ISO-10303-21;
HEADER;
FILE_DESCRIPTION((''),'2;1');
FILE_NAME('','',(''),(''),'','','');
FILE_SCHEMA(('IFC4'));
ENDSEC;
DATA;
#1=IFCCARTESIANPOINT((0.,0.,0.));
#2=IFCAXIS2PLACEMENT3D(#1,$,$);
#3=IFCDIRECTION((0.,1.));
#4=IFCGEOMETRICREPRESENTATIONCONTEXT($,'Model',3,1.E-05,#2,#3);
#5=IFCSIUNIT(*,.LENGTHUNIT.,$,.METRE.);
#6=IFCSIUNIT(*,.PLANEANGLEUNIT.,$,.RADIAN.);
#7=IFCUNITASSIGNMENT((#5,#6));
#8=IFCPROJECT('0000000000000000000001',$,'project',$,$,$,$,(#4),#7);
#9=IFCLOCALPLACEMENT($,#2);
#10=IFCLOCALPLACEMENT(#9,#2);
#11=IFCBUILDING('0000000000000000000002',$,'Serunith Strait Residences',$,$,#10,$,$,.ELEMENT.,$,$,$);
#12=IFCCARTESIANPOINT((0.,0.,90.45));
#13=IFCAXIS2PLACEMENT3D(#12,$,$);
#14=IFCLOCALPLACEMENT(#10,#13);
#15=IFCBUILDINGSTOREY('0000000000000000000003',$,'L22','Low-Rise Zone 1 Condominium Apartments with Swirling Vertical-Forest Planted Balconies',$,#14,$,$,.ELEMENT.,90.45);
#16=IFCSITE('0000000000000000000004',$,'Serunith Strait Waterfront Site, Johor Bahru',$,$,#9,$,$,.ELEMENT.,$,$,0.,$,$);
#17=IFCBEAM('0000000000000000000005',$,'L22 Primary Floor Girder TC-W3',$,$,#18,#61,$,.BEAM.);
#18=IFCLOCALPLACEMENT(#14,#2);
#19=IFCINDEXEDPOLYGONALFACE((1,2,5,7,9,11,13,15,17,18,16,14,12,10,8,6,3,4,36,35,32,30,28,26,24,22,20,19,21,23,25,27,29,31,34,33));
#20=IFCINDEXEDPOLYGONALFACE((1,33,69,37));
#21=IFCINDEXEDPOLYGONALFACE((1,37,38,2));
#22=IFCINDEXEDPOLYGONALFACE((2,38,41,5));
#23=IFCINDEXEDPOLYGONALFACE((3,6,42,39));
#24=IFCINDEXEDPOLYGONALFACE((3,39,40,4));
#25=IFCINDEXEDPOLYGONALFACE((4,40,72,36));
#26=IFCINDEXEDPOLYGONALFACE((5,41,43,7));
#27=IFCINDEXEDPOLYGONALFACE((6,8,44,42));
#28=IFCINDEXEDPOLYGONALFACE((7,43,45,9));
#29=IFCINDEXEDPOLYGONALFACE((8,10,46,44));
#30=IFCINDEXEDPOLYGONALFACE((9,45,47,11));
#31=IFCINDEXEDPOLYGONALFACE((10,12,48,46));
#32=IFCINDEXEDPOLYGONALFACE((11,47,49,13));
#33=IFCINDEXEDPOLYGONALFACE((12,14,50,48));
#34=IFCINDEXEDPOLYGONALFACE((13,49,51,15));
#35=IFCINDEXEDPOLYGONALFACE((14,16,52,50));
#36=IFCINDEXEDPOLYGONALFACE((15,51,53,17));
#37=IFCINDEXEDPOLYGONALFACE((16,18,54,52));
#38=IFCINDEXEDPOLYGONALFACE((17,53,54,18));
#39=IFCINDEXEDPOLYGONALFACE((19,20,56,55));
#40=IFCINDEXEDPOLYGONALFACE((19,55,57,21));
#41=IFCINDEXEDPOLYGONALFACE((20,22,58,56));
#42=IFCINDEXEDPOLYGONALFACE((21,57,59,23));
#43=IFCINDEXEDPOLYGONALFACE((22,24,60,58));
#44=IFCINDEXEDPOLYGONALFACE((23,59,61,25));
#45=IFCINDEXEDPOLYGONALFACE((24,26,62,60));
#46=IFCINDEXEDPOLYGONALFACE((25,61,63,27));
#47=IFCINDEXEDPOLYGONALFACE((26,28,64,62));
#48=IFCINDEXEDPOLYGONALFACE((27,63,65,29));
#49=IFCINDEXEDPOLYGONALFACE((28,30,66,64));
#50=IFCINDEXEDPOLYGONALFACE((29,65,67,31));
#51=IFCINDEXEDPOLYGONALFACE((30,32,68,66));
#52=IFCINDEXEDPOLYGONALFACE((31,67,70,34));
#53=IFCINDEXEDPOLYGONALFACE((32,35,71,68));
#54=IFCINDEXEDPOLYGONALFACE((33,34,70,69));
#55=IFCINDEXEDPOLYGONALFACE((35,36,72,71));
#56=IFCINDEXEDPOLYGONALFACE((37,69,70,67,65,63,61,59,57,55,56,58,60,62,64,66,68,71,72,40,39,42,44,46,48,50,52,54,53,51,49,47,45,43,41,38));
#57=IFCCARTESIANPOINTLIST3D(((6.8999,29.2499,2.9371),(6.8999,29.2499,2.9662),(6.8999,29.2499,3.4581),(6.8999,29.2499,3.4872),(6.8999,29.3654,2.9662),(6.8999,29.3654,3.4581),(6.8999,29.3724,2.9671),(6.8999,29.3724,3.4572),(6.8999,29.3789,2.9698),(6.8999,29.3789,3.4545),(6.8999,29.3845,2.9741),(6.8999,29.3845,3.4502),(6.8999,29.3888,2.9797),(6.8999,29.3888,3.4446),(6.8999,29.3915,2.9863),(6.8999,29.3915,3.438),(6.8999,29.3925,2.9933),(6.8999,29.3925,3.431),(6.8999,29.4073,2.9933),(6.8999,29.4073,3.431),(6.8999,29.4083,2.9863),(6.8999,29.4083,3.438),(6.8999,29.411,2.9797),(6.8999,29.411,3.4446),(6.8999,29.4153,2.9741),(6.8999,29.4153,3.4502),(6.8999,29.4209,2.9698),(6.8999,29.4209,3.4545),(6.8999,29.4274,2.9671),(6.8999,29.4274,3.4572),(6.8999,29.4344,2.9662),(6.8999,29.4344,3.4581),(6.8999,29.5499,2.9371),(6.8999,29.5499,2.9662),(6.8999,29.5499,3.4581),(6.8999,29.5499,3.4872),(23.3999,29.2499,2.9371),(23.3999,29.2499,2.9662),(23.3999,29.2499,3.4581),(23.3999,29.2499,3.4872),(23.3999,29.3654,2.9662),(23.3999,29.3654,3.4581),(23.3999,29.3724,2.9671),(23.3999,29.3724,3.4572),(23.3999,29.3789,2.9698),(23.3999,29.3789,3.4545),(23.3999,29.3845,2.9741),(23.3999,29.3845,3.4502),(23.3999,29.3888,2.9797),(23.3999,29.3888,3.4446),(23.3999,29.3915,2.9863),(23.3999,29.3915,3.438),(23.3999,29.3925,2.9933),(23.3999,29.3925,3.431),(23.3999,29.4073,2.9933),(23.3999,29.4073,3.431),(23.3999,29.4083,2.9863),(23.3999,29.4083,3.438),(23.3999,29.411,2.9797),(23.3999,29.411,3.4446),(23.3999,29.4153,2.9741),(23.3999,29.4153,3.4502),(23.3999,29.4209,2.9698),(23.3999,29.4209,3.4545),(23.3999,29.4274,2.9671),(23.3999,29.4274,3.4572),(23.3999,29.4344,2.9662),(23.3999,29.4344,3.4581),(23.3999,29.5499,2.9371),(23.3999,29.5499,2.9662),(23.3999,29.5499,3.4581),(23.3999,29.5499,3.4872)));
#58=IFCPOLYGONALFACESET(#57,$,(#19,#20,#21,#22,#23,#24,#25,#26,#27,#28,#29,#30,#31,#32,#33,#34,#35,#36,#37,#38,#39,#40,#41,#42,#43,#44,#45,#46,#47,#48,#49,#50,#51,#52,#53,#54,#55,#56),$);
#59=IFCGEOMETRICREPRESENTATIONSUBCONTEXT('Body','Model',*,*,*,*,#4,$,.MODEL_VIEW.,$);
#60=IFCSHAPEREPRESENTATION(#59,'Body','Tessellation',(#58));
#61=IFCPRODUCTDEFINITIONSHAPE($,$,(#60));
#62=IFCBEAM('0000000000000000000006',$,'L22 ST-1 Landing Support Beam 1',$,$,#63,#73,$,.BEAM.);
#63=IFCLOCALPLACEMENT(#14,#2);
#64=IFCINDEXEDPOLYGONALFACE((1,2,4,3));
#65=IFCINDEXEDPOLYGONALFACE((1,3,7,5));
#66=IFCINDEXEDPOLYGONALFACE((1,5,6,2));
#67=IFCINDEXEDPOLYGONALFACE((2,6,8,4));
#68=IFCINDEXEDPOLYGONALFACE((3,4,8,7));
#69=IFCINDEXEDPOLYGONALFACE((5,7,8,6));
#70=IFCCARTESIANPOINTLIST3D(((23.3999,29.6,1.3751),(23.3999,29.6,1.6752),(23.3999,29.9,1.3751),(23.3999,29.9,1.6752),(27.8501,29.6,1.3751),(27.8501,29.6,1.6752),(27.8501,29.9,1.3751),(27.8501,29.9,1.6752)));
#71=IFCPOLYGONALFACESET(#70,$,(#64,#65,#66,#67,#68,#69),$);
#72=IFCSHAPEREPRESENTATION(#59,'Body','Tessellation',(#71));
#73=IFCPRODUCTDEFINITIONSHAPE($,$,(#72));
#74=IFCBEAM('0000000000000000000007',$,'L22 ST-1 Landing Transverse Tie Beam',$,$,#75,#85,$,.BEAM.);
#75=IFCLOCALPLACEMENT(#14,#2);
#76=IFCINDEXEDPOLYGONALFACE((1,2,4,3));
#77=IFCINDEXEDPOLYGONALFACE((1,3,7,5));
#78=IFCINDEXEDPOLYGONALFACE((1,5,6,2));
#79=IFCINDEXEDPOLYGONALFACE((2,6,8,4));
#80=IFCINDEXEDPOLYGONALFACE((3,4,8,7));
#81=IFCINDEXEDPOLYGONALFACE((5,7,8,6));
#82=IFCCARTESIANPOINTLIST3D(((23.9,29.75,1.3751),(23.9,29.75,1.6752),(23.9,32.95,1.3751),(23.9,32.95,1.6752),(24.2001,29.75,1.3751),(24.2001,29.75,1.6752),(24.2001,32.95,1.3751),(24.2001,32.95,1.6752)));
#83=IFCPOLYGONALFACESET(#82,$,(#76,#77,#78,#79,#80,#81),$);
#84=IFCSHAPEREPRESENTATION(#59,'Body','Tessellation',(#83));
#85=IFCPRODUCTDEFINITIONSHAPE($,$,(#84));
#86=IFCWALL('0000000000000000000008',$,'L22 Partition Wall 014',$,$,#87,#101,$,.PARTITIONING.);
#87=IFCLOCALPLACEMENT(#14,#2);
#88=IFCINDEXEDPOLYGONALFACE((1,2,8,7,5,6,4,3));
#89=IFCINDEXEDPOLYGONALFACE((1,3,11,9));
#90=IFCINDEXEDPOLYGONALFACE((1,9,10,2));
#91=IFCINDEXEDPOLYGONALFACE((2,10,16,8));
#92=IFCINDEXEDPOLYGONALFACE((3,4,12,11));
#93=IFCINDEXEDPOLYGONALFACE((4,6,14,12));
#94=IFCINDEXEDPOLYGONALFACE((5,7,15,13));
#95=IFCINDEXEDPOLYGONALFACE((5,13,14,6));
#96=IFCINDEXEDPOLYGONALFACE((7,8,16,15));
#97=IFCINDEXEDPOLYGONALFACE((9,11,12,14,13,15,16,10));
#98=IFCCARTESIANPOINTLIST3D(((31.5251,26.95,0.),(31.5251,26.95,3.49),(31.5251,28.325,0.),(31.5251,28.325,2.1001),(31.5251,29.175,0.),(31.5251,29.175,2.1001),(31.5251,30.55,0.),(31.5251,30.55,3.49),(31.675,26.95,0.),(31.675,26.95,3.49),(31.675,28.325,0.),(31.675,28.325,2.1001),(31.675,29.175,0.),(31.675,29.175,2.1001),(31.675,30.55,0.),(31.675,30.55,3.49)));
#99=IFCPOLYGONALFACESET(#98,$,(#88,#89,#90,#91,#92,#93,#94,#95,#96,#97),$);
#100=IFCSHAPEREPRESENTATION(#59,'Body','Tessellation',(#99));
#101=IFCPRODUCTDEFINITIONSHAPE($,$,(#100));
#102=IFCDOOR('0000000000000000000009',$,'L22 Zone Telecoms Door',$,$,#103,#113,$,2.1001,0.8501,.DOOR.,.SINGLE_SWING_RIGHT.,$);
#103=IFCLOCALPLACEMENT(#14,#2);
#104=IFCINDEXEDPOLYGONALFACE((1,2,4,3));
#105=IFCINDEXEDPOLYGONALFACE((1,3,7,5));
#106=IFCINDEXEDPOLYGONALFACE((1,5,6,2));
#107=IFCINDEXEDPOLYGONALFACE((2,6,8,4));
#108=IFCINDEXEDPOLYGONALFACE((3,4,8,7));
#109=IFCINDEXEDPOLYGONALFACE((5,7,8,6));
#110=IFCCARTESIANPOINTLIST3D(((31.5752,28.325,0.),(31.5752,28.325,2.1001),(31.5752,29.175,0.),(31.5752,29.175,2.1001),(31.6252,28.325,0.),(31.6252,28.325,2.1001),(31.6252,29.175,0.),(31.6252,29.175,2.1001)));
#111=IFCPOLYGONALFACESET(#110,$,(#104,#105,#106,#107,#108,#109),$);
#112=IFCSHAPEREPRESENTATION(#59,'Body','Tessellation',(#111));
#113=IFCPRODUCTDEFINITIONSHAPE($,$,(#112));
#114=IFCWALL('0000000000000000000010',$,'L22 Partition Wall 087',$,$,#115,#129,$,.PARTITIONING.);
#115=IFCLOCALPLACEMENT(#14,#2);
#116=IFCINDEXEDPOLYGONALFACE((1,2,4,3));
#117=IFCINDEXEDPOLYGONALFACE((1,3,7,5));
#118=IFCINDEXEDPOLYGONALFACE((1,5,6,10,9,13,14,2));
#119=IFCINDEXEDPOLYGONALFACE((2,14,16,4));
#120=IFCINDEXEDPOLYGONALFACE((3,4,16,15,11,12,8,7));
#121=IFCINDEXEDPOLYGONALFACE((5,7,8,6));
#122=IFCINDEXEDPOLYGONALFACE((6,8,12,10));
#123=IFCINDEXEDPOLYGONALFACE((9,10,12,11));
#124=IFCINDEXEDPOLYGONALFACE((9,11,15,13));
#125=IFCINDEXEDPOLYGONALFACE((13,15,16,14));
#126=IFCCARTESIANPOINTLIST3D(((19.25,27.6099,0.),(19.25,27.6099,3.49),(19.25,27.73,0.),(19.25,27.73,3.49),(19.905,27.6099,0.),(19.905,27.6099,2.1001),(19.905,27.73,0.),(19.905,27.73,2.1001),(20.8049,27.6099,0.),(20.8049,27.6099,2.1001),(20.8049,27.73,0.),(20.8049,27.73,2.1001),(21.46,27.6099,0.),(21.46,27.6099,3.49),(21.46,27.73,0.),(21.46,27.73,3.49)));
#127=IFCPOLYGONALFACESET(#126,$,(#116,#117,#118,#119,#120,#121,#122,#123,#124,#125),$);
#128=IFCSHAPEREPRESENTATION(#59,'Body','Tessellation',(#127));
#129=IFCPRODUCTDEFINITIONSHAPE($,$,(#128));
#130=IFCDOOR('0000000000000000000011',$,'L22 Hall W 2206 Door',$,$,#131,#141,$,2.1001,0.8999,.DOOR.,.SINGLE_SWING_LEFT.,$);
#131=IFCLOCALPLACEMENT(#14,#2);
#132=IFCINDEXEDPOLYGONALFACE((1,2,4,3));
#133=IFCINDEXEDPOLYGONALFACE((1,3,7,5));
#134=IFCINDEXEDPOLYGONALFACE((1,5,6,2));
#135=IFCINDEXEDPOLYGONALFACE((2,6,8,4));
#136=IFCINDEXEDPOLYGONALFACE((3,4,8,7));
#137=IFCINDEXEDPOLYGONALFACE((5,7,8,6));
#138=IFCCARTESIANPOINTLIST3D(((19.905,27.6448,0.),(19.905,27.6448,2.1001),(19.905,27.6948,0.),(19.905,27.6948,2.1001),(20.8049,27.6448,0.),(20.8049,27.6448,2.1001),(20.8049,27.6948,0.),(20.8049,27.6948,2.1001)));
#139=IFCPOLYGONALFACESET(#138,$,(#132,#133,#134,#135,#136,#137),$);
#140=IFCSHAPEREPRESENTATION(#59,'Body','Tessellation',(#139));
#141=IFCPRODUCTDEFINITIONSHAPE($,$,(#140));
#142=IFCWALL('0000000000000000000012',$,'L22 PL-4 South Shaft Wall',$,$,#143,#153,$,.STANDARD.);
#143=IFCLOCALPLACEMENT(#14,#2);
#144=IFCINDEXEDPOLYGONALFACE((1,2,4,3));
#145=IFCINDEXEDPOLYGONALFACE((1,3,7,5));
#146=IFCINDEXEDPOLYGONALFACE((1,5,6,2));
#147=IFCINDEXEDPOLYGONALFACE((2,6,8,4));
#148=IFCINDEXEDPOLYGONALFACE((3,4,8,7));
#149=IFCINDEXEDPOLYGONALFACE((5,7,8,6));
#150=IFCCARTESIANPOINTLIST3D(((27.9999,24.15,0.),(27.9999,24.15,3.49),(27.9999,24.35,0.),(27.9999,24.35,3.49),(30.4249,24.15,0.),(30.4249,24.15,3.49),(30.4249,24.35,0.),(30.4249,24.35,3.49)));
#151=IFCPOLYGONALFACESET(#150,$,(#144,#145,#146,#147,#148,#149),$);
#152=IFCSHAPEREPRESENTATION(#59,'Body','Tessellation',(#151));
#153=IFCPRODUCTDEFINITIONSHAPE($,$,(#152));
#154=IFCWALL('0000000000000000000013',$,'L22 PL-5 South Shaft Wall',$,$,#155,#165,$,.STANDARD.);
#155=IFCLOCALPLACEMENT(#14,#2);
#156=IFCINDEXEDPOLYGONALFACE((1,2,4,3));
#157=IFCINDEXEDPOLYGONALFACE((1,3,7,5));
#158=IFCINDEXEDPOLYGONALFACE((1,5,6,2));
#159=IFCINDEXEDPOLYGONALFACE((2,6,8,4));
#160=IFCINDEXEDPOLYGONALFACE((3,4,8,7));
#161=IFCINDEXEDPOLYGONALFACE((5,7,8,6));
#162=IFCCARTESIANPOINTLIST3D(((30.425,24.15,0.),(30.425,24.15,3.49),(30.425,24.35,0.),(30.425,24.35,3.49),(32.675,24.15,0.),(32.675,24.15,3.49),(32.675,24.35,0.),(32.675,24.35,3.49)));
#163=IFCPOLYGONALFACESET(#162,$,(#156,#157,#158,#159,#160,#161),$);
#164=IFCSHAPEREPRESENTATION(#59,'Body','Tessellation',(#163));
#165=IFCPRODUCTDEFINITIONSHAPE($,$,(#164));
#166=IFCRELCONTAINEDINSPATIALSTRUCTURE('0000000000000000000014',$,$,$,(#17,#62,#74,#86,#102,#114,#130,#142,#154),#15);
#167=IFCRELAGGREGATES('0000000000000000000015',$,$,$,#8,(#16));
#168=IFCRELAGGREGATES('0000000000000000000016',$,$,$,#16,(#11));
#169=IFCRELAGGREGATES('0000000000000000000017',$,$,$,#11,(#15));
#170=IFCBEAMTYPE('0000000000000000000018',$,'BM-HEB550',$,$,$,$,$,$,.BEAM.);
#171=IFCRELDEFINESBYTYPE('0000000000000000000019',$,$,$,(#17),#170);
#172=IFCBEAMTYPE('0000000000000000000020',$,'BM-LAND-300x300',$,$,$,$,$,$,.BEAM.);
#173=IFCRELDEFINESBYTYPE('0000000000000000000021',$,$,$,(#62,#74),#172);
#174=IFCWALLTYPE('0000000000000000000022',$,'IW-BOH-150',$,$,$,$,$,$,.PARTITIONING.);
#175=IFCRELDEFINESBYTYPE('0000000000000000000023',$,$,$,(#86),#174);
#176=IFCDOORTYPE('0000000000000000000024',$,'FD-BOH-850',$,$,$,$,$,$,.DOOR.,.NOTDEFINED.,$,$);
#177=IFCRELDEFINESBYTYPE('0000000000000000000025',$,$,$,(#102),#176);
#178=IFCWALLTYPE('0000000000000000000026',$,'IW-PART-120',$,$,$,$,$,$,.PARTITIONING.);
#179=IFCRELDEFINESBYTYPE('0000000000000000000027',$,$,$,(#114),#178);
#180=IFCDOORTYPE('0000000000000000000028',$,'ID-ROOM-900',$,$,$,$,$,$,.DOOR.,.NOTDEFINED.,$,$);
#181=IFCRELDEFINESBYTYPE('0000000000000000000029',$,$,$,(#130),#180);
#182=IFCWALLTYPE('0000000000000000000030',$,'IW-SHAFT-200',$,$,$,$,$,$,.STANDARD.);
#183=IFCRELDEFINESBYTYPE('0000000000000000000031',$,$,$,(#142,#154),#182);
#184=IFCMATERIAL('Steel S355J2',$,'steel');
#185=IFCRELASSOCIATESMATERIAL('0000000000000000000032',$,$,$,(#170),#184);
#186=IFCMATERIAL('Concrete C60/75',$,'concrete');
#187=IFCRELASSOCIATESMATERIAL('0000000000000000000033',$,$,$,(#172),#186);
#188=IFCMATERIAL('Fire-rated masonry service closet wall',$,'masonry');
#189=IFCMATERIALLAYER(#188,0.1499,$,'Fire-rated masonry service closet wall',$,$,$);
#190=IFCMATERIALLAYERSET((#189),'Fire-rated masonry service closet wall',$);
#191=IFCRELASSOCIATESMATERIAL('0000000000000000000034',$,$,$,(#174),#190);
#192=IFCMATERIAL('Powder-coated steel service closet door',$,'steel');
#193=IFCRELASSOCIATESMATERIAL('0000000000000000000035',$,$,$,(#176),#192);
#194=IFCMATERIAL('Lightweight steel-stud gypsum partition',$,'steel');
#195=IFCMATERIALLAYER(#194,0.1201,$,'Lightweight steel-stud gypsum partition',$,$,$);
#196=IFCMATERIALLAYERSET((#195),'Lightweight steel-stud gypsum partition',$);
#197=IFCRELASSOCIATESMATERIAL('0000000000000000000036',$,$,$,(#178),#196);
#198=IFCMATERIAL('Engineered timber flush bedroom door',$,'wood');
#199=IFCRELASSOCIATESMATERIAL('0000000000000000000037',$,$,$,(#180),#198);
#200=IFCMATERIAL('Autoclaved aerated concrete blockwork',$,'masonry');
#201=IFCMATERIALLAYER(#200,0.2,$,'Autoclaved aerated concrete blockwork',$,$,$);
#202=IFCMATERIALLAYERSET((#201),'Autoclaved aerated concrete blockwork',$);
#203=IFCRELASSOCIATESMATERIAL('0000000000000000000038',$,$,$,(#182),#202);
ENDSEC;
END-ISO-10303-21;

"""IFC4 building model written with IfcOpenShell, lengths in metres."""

from ifc_helpers import new_model, si_unit, direction, frame, frame_2d, origin, origin_2d, place, context, subcontext, project, spatial, rectangle, i_section, extrude, source, transform, mapped, material, layer, layer_set, material_profile, profile_set, type_object, element, fill, save


model = new_model("IFC4")

# Units and contexts
model_context = context("Model", 3, precision=1e-05, world=origin(), true_north=direction((0.0, 1.0)))
body_context = subcontext(model_context, "Body", "Model", "MODEL_VIEW")
ifc_project = project(units=[si_unit("LENGTHUNIT", "METRE"), si_unit("PLANEANGLEUNIT", "RADIAN")], contexts=[model_context])

# Site, building, storey
site_placement = place(None, origin())
site = spatial("IfcSite", under=ifc_project, at=site_placement, Name="Serunith Strait Waterfront Site, Johor Bahru", CompositionType="ELEMENT", RefElevation=0.0)
building_placement = place(site_placement, origin())
building = spatial("IfcBuilding", under=site, at=building_placement, Name="Serunith Strait Residences", CompositionType="ELEMENT")
storey_placement = place(building_placement, frame((0.0, 0.0, 90.45)))
storey = spatial("IfcBuildingStorey", under=building, at=storey_placement, Name="L22", Description="Low-Rise Zone 1 Condominium Apartments with Swirling Vertical-Forest Planted Balconies", CompositionType="ELEMENT", Elevation=90.45)

# Beams
ifc_material_1 = material(Name="Steel S355J2", Category="steel")
ifc_material_profile_1 = material_profile(ifc_material_1, i_section(OverallWidth=0.3, OverallDepth=0.55, WebThickness=0.0149, FlangeThickness=0.0291, FilletRadius=0.0271, at=origin_2d()), Name="HEB 550")
ifc_profile_set_1 = profile_set([ifc_material_profile_1], Name="Steel S355J2")
beam_type_1 = type_object("IfcBeamType", Name="BM-HEB550", PredefinedType="BEAM", material=ifc_profile_set_1)
shared_shape_1 = source(origin(), body_context, "Body", "SweptSolid", [
    extrude(i_section(OverallWidth=0.3, OverallDepth=0.55, WebThickness=0.0149, FlangeThickness=0.0291, FilletRadius=0.0271, at=origin_2d()), origin(), (0.0, 0.0, 1.0), 16.5),
])
beam_1_placement = place(storey_placement, frame((23.3999, 29.3999, 3.2122), z_axis=(-1.0, 0.0, 0.0), x_axis=(0.0, -1.0, 0.0)))
element("IfcBeam", 1, at=beam_1_placement, inside=storey, type_object=beam_type_1, Name="L22 Primary Floor Girder TC-W3", PredefinedType="BEAM", context=body_context, shape_type="MappedRepresentation", body=[
    mapped(shared_shape_1, transform((0.0, 0.0, 0.0), scale=1.0)),
])
ifc_material_2 = material(Name="Concrete C60/75", Category="concrete")
ifc_material_profile_2 = material_profile(ifc_material_2, rectangle(XDim=0.3, YDim=0.3, at=origin_2d()), Name="RC 300x300")
ifc_profile_set_2 = profile_set([ifc_material_profile_2], Name="Concrete C60/75")
beam_type_2 = type_object("IfcBeamType", Name="BM-LAND-300x300", PredefinedType="BEAM", material=ifc_profile_set_2)
shared_shape_2 = source(origin(), body_context, "Body", "SweptSolid", [
    extrude(rectangle(XDim=0.3, YDim=0.3, at=origin_2d()), origin(), (0.0, 0.0, 1.0), 4.4502),
])
beam_2_placement = place(storey_placement, frame((23.3999, 29.75, 1.5251), z_axis=(1.0, 0.0, 0.0), x_axis=(0.0, 1.0, 0.0)))
element("IfcBeam", 2, at=beam_2_placement, inside=storey, type_object=beam_type_2, Name="L22 ST-1 Landing Support Beam 1", PredefinedType="BEAM", context=body_context, shape_type="MappedRepresentation", body=[
    mapped(shared_shape_2, transform((0.0, 0.0, 0.0), scale=1.0)),
])
shared_shape_3 = source(origin(), body_context, "Body", "SweptSolid", [
    extrude(rectangle(XDim=0.3, YDim=0.3, at=origin_2d()), origin(), (0.0, 0.0, 1.0), 3.2),
])
beam_3_placement = place(storey_placement, frame((24.05, 29.75, 1.5251), z_axis=(0.0, 1.0, 0.0), x_axis=(-1.0, 0.0, 0.0)))
element("IfcBeam", 3, at=beam_3_placement, inside=storey, type_object=beam_type_2, Name="L22 ST-1 Landing Transverse Tie Beam", PredefinedType="BEAM", context=body_context, shape_type="MappedRepresentation", body=[
    mapped(shared_shape_3, transform((0.0, 0.0, 0.0), scale=1.0)),
])

# Walls, openings, doors
ifc_material_3 = material(Name="Fire-rated masonry service closet wall", Category="masonry")
ifc_layer_1 = layer(ifc_material_3, 0.1499, Name="Fire-rated masonry service closet wall")
ifc_layer_set_1 = layer_set([ifc_layer_1], Name="Fire-rated masonry service closet wall")
wall_type_1 = type_object("IfcWallType", Name="IW-BOH-150", PredefinedType="PARTITIONING", material=ifc_layer_set_1)
wall_1_placement = place(storey_placement, frame((31.6001, 26.95, 0.0), z_axis=(0.0, 0.0, 1.0), x_axis=(0.0, 1.0, 0.0)))
wall_1 = element("IfcWall", 4, at=wall_1_placement, inside=storey, type_object=wall_type_1, Name="L22 Partition Wall 014", PredefinedType="PARTITIONING", context=body_context, shape_type="SweptSolid", body=[
    extrude(rectangle(XDim=3.6001, YDim=0.1499, at=frame_2d((1.8, 0.0))), origin(), (0.0, 0.0, 1.0), 3.49),
])
opening_1_placement = place(wall_1_placement, frame((1.375, 0.0, 0.0)))
opening_1 = element("IfcOpeningElement", 5, at=opening_1_placement, cuts=wall_1, PredefinedType="OPENING", context=body_context, shape_type="SweptSolid", body=[
    extrude(rectangle(XDim=0.8501, YDim=2.1001, at=frame_2d((0.425, 1.05))), frame((0.0, 0.085, 0.0), z_axis=(0.0, -1.0, 0.0), x_axis=(1.0, 0.0, 0.0)), (0.0, 0.0, 1.0), 0.1699),
])
ifc_material_4 = material(Name="Powder-coated steel service closet door", Category="steel")
door_type_1 = type_object("IfcDoorType", Name="FD-BOH-850", OperationType="NOTDEFINED", PredefinedType="DOOR", material=ifc_material_4)
shared_shape_4 = source(origin(), body_context, "Body", "SweptSolid", [
    extrude(rectangle(XDim=0.8501, YDim=2.1001, at=frame_2d((0.425, 1.05))), frame((0.0, 0.0249, 0.0), z_axis=(0.0, -1.0, 0.0), x_axis=(1.0, 0.0, 0.0)), (0.0, 0.0, 1.0), 0.05),
])
door_1_placement = place(opening_1_placement, origin())
door_1 = element("IfcDoor", 6, at=door_1_placement, inside=storey, type_object=door_type_1, Name="L22 Zone Telecoms Door", OperationType="SINGLE_SWING_RIGHT", OverallHeight=2.1001, OverallWidth=0.8501, PredefinedType="DOOR", context=body_context, shape_type="MappedRepresentation", body=[
    mapped(shared_shape_4, transform((0.0, 0.0, 0.0), scale=1.0)),
])
fill(opening_1, door_1)
ifc_material_5 = material(Name="Lightweight steel-stud gypsum partition", Category="steel")
ifc_layer_2 = layer(ifc_material_5, 0.1201, Name="Lightweight steel-stud gypsum partition")
ifc_layer_set_2 = layer_set([ifc_layer_2], Name="Lightweight steel-stud gypsum partition")
wall_type_2 = type_object("IfcWallType", Name="IW-PART-120", PredefinedType="PARTITIONING", material=ifc_layer_set_2)
wall_2_placement = place(storey_placement, frame((19.25, 27.6699, 0.0), z_axis=(0.0, 0.0, 1.0), x_axis=(1.0, 0.0, 0.0)))
wall_2 = element("IfcWall", 7, at=wall_2_placement, inside=storey, type_object=wall_type_2, Name="L22 Partition Wall 087", PredefinedType="PARTITIONING", context=body_context, shape_type="SweptSolid", body=[
    extrude(rectangle(XDim=2.21, YDim=0.1201, at=frame_2d((1.105, 0.0))), origin(), (0.0, 0.0, 1.0), 3.49),
])
opening_2_placement = place(wall_2_placement, frame((0.655, 0.0, 0.0)))
opening_2 = element("IfcOpeningElement", 8, at=opening_2_placement, cuts=wall_2, PredefinedType="OPENING", context=body_context, shape_type="SweptSolid", body=[
    extrude(rectangle(XDim=0.8999, YDim=2.1001, at=frame_2d((0.45, 1.05))), frame((0.0, 0.0701, 0.0), z_axis=(0.0, -1.0, 0.0), x_axis=(1.0, 0.0, 0.0)), (0.0, 0.0, 1.0), 0.1401),
])
ifc_material_6 = material(Name="Engineered timber flush bedroom door", Category="wood")
door_type_2 = type_object("IfcDoorType", Name="ID-ROOM-900", OperationType="NOTDEFINED", PredefinedType="DOOR", material=ifc_material_6)
shared_shape_5 = source(origin(), body_context, "Body", "SweptSolid", [
    extrude(rectangle(XDim=0.8999, YDim=2.1001, at=frame_2d((0.45, 1.05))), frame((0.0, 0.0249, 0.0), z_axis=(0.0, -1.0, 0.0), x_axis=(1.0, 0.0, 0.0)), (0.0, 0.0, 1.0), 0.05),
])
door_2_placement = place(opening_2_placement, origin())
door_2 = element("IfcDoor", 9, at=door_2_placement, inside=storey, type_object=door_type_2, Name="L22 Hall W 2206 Door", OperationType="SINGLE_SWING_LEFT", OverallHeight=2.1001, OverallWidth=0.8999, PredefinedType="DOOR", context=body_context, shape_type="MappedRepresentation", body=[
    mapped(shared_shape_5, transform((0.0, 0.0, 0.0), scale=1.0)),
])
fill(opening_2, door_2)
ifc_material_7 = material(Name="Autoclaved aerated concrete blockwork", Category="masonry")
ifc_layer_3 = layer(ifc_material_7, 0.2, Name="Autoclaved aerated concrete blockwork")
ifc_layer_set_3 = layer_set([ifc_layer_3], Name="Autoclaved aerated concrete blockwork")
wall_type_3 = type_object("IfcWallType", Name="IW-SHAFT-200", PredefinedType="STANDARD", material=ifc_layer_set_3)

# Walls
wall_3_placement = place(storey_placement, frame((28.0, 24.25, 0.0), z_axis=(0.0, 0.0, 1.0), x_axis=(1.0, 0.0, 0.0)))
element("IfcWall", 10, at=wall_3_placement, inside=storey, type_object=wall_type_3, Name="L22 PL-4 South Shaft Wall", PredefinedType="STANDARD", context=body_context, shape_type="SweptSolid", body=[
    extrude(rectangle(XDim=2.425, YDim=0.2, at=frame_2d((1.2124, 0.0))), origin(), (0.0, 0.0, 1.0), 3.49),
])
wall_4_placement = place(storey_placement, frame((30.425, 24.25, 0.0), z_axis=(0.0, 0.0, 1.0), x_axis=(1.0, 0.0, 0.0)))
element("IfcWall", 11, at=wall_4_placement, inside=storey, type_object=wall_type_3, Name="L22 PL-5 South Shaft Wall", PredefinedType="STANDARD", context=body_context, shape_type="SweptSolid", body=[
    extrude(rectangle(XDim=2.25, YDim=0.2, at=frame_2d((1.125, 0.0))), origin(), (0.0, 0.0, 1.0), 3.49),
])

save(model, "model.ifc")
